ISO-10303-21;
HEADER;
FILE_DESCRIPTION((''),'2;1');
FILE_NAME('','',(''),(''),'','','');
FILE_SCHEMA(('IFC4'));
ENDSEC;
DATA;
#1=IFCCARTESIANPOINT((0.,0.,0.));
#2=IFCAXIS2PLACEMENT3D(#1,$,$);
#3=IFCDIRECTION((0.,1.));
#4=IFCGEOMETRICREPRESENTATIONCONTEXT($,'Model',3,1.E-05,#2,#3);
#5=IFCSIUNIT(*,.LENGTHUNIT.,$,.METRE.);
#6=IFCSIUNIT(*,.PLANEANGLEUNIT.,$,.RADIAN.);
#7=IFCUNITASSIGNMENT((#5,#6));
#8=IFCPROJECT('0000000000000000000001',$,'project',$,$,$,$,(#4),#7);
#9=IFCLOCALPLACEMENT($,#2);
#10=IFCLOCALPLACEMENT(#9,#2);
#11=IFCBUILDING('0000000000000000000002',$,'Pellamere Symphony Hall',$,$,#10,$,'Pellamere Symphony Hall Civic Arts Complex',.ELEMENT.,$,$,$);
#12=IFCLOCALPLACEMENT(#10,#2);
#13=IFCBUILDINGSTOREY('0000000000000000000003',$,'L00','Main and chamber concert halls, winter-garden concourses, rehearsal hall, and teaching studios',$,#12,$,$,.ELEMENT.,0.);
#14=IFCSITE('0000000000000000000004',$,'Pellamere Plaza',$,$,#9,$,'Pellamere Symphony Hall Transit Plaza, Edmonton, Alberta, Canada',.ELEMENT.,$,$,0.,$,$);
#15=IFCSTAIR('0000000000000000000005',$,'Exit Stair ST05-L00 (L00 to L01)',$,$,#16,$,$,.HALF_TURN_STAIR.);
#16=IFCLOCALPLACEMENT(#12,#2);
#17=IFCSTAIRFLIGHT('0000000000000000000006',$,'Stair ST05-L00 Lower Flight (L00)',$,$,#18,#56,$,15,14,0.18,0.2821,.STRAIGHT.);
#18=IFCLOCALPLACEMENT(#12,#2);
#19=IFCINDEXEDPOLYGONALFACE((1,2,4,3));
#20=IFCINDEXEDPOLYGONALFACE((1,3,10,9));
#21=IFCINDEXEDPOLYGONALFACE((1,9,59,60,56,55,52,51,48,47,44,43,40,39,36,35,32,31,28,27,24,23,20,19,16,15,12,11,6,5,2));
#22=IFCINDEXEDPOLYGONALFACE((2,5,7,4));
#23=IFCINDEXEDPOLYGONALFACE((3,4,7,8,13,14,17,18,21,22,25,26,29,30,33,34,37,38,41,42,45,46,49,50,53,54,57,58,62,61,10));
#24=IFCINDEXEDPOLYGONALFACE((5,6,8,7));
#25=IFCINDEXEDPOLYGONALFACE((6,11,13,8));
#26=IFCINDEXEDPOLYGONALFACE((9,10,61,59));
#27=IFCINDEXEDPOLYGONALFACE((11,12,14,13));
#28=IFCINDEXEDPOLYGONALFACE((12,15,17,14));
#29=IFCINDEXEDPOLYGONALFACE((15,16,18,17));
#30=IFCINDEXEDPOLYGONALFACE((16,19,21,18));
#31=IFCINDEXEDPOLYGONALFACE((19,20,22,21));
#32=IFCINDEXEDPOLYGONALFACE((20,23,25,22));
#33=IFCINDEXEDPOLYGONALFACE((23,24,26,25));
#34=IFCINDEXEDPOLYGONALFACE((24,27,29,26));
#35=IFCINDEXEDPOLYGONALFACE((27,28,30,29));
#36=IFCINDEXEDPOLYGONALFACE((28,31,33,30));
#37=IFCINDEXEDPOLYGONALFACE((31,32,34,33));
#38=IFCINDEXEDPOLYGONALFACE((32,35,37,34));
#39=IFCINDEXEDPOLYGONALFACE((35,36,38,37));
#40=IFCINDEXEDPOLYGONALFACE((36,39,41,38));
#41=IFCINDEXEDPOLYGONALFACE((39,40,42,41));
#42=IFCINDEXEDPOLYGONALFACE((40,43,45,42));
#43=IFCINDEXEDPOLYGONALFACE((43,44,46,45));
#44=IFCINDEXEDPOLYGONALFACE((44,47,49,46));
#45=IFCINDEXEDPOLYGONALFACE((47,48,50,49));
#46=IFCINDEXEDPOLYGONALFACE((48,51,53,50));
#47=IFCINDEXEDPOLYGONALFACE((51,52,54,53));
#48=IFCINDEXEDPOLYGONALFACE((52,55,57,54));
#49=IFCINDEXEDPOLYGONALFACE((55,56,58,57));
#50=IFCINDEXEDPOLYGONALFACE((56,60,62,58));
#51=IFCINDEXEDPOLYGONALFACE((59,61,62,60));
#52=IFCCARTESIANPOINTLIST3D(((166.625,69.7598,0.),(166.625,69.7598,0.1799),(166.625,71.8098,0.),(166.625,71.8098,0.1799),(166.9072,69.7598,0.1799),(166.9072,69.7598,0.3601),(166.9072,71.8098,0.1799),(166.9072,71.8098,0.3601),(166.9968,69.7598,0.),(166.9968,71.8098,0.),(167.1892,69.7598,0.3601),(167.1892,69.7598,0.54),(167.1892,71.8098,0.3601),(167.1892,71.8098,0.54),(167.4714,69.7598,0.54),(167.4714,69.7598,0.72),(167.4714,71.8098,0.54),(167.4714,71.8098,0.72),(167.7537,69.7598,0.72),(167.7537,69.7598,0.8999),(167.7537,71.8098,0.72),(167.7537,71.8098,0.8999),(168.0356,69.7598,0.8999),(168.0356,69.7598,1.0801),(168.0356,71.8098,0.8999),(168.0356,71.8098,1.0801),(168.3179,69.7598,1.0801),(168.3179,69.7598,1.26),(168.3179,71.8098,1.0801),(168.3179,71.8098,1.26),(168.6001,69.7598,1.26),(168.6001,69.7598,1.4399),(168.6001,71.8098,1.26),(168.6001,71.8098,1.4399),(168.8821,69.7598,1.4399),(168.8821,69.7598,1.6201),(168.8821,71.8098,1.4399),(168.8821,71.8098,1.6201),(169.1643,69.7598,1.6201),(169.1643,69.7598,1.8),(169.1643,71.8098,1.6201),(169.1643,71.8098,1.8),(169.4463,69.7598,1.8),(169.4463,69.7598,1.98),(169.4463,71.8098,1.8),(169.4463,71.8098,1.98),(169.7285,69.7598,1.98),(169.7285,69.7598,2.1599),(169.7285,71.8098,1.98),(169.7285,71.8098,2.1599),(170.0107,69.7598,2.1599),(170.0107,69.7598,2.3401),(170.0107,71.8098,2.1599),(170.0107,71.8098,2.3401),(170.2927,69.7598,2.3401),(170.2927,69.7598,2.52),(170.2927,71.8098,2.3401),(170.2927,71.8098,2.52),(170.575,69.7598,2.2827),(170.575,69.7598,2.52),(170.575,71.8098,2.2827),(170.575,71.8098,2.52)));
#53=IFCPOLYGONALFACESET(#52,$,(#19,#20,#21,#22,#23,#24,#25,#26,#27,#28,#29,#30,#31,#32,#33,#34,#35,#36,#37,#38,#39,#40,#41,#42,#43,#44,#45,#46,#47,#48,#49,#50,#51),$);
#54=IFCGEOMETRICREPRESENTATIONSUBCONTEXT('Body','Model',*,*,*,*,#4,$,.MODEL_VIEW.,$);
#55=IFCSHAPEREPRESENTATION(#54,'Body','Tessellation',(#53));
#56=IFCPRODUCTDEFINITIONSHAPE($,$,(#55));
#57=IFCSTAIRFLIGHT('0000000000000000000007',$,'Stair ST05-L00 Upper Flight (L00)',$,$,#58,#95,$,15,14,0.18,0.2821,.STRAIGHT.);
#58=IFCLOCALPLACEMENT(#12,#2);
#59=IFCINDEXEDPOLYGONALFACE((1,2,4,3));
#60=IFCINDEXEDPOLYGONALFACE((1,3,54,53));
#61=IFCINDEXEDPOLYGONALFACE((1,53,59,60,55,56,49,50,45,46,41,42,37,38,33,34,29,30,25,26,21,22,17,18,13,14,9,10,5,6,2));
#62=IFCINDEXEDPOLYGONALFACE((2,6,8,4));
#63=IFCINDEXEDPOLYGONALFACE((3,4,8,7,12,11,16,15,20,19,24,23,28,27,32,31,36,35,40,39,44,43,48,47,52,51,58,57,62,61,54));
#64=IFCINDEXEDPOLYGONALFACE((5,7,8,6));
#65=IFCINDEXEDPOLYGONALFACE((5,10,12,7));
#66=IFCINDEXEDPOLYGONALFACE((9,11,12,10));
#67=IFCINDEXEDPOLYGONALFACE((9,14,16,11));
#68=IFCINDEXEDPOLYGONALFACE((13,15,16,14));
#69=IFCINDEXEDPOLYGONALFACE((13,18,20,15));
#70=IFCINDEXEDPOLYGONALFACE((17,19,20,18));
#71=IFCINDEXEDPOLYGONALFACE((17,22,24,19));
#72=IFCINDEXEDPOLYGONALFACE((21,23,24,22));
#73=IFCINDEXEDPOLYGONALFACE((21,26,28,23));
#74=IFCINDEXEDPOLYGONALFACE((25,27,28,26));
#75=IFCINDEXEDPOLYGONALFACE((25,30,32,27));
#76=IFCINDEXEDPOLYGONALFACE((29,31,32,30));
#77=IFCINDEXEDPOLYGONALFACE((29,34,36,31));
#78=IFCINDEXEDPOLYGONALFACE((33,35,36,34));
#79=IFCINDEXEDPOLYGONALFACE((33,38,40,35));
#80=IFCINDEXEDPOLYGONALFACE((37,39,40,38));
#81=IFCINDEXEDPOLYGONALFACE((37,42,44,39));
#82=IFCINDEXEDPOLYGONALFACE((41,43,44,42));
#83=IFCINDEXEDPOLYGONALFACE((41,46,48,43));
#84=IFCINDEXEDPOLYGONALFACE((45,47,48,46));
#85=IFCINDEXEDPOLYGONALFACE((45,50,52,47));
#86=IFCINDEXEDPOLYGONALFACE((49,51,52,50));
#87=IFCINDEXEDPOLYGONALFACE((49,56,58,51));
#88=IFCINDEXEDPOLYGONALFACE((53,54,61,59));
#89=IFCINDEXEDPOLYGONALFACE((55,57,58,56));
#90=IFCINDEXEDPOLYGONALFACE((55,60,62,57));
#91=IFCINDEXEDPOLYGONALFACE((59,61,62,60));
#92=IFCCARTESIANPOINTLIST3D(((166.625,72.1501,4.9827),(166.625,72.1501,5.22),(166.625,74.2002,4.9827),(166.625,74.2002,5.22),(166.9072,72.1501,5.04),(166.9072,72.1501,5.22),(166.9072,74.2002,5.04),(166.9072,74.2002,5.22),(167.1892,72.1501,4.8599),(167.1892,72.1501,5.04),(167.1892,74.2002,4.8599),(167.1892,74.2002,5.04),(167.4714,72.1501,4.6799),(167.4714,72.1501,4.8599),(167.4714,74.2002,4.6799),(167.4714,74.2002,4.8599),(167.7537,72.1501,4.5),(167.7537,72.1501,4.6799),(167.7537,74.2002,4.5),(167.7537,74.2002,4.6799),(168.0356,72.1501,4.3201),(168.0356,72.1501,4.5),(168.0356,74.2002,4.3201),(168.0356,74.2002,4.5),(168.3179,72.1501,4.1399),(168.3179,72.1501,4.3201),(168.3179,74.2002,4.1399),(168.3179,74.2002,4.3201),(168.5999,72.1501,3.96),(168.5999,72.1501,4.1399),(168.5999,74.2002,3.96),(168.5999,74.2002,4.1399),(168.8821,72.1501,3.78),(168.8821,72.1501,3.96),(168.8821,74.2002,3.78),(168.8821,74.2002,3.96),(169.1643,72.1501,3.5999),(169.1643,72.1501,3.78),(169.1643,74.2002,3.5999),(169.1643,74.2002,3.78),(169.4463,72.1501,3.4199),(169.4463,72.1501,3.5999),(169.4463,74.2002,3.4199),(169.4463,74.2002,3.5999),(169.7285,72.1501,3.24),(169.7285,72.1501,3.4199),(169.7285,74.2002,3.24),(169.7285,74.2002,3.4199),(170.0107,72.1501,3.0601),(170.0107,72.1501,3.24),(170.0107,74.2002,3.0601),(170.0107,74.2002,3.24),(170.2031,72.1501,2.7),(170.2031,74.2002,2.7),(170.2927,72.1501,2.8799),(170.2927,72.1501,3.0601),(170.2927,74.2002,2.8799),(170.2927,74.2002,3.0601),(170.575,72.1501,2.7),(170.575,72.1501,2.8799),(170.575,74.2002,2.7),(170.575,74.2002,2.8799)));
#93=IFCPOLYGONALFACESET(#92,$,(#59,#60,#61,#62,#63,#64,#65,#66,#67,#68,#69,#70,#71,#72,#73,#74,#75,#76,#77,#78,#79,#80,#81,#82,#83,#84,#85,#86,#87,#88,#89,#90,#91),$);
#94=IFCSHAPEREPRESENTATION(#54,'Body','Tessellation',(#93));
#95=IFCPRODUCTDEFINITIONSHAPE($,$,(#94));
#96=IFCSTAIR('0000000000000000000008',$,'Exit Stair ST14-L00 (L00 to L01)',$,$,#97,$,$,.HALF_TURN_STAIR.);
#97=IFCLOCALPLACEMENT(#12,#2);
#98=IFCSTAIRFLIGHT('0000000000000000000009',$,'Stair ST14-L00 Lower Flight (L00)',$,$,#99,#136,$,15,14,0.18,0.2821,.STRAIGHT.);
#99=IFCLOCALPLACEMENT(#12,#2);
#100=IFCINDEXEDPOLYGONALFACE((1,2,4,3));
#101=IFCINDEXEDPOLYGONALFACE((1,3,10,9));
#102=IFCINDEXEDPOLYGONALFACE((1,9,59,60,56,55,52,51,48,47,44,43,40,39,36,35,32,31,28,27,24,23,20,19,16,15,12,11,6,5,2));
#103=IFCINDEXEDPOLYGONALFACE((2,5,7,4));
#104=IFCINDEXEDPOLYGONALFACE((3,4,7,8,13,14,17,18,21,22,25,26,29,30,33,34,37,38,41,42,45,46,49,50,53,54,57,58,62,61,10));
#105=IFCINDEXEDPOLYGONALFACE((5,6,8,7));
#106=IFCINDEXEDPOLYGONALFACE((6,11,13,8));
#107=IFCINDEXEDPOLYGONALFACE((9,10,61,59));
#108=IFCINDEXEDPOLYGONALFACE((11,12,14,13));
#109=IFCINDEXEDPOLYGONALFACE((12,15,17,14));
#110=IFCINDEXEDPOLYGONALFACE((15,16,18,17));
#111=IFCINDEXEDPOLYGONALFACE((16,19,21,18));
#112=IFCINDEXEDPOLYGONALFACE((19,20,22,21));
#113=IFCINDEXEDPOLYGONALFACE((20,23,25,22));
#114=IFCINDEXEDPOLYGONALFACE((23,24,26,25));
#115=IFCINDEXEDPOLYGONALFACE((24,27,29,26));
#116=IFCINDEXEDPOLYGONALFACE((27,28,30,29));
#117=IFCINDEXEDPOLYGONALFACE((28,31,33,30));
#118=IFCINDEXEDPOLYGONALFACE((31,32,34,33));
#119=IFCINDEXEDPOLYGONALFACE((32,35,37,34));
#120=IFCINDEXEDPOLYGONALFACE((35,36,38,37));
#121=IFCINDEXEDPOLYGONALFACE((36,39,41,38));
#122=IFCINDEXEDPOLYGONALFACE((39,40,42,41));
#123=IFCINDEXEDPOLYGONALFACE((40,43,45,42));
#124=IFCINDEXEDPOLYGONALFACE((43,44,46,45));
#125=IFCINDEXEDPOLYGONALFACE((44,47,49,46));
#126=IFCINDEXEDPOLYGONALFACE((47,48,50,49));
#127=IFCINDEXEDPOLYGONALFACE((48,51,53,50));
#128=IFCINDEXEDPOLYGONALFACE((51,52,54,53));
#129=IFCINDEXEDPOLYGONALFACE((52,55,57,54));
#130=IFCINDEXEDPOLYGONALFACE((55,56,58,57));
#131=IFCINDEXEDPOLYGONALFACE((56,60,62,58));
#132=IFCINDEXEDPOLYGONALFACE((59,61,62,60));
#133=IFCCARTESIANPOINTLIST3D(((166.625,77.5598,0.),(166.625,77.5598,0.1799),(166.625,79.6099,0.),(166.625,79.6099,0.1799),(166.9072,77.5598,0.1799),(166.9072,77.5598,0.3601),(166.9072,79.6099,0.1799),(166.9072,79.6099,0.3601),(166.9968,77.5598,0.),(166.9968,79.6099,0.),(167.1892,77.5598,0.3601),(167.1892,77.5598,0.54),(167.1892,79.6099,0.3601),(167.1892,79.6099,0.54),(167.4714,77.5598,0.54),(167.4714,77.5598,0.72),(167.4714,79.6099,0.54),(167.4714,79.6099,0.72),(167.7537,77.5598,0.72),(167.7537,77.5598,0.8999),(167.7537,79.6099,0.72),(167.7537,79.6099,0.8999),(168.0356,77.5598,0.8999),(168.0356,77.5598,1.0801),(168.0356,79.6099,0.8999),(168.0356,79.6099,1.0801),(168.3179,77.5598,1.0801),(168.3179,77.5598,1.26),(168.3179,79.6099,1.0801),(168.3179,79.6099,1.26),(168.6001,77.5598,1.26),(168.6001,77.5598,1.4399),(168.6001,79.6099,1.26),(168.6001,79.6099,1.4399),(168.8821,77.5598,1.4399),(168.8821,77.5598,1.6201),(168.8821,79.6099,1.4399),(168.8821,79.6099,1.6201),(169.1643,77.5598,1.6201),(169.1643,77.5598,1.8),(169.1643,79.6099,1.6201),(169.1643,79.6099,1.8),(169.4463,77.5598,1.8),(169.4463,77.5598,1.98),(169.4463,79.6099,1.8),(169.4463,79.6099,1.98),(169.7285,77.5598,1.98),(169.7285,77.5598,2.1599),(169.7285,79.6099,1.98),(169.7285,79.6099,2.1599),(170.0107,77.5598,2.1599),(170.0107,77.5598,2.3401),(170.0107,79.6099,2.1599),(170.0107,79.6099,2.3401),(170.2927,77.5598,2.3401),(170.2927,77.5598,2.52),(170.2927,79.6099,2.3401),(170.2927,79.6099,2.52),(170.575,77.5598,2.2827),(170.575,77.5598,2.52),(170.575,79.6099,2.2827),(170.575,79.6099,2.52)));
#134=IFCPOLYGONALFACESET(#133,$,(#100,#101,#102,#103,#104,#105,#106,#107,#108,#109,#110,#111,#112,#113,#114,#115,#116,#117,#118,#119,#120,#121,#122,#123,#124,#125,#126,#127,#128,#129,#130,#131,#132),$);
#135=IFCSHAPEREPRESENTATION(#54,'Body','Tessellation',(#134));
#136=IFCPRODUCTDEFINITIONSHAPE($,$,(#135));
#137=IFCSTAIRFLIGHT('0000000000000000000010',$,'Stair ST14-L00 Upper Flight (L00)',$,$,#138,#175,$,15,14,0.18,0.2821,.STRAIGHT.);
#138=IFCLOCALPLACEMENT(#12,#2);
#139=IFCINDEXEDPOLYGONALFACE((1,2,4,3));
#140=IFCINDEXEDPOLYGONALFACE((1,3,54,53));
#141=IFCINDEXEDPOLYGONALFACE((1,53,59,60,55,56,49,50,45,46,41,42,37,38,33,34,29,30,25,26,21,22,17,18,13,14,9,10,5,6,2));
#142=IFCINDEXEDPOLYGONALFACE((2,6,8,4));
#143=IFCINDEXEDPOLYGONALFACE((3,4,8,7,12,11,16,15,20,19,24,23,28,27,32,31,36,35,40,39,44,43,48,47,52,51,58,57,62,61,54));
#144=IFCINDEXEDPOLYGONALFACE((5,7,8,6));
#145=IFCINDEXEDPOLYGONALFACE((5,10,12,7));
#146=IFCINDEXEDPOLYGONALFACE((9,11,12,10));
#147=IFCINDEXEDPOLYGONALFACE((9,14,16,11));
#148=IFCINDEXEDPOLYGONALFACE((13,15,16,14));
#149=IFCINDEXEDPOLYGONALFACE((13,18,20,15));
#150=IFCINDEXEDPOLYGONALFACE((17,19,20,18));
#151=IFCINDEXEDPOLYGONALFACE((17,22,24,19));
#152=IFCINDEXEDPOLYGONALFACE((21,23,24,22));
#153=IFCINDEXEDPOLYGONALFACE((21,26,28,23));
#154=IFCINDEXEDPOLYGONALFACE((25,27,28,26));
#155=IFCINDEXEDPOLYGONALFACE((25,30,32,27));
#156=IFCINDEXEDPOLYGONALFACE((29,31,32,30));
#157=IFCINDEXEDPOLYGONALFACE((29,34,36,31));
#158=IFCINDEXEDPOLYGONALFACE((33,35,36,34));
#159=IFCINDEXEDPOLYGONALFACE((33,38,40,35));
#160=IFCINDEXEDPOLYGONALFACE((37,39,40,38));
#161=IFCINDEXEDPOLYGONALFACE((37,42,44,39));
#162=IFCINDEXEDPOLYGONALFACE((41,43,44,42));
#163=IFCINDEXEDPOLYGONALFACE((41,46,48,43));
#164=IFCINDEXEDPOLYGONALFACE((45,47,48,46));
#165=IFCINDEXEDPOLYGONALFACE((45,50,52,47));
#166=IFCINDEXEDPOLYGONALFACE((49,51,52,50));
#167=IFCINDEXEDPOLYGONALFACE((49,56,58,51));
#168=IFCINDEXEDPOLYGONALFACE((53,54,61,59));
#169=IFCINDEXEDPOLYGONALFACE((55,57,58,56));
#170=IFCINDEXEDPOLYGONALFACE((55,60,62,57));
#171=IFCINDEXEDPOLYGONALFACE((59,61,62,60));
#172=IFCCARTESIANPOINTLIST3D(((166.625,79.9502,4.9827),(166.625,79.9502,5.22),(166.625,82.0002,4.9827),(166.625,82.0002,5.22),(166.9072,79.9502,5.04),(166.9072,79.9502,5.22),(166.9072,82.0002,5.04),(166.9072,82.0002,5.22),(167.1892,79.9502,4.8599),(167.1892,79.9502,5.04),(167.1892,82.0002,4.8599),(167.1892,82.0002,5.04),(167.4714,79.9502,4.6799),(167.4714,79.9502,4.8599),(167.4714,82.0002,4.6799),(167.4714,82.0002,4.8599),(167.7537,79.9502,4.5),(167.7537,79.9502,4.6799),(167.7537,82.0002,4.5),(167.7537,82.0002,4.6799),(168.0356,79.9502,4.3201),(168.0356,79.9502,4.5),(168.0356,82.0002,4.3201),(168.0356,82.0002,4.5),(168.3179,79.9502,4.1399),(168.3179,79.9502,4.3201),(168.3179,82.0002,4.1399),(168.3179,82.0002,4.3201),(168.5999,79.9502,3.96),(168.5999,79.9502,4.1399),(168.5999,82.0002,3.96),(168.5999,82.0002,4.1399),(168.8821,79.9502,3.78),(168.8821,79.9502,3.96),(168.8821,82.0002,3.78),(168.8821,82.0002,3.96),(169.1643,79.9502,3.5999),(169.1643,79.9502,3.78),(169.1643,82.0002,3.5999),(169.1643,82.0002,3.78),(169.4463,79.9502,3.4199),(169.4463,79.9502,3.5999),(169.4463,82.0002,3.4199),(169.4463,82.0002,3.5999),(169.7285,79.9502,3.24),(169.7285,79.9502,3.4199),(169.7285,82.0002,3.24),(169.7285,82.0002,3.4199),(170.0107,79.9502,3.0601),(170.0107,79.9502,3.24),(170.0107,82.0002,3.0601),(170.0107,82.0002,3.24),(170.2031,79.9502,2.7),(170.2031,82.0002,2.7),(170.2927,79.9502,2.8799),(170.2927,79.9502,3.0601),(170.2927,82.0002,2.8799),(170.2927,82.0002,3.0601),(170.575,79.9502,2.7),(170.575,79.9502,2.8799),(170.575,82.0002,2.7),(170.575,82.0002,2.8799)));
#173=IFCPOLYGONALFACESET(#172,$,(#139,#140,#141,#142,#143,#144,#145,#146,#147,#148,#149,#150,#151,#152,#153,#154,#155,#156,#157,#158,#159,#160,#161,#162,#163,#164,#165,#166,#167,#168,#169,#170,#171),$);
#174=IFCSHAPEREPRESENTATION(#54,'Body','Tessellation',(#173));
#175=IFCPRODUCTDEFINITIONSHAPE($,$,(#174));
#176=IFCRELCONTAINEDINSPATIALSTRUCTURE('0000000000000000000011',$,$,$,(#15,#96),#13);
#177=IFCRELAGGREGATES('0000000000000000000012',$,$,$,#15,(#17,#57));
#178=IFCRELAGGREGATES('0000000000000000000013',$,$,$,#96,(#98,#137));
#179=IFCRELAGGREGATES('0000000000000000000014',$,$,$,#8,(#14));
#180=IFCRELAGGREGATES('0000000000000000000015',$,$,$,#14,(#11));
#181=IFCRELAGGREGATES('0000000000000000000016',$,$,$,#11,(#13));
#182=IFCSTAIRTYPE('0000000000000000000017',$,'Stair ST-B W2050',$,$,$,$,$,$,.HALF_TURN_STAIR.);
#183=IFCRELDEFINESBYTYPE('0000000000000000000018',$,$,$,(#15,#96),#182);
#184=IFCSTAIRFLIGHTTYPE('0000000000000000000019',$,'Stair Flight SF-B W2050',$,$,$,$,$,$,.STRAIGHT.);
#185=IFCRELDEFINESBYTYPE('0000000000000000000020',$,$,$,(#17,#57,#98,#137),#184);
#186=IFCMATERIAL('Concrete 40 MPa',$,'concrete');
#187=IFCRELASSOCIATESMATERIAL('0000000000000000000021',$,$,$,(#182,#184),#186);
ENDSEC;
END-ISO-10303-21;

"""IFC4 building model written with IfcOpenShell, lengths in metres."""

from ifc_helpers import new_model, si_unit, direction, frame, origin, place, context, subcontext, project, spatial, polyline, outline, extrude, material, type_object, element, aggregate, save


model = new_model("IFC4")

# Units and contexts
model_context = context("Model", 3, precision=1e-05, world=origin(), true_north=direction((0.0, 1.0)))
body_context = subcontext(model_context, "Body", "Model", "MODEL_VIEW")
ifc_project = project(units=[si_unit("LENGTHUNIT", "METRE"), si_unit("PLANEANGLEUNIT", "RADIAN")], contexts=[model_context])

# Site, building, storey
site_placement = place(None, origin())
site = spatial("IfcSite", under=ifc_project, at=site_placement, Name="Pellamere Plaza", LongName="Pellamere Symphony Hall Transit Plaza, Edmonton, Alberta, Canada", CompositionType="ELEMENT", RefElevation=0.0)
building_placement = place(site_placement, origin())
building = spatial("IfcBuilding", under=site, at=building_placement, Name="Pellamere Symphony Hall", LongName="Pellamere Symphony Hall Civic Arts Complex", CompositionType="ELEMENT")
storey_placement = place(building_placement, origin())
storey = spatial("IfcBuildingStorey", under=building, at=storey_placement, Name="L00", Description="Main and chamber concert halls, winter-garden concourses, rehearsal hall, and teaching studios", CompositionType="ELEMENT", Elevation=0.0)

# Shared definitions
ifc_material_1 = material(Name="Concrete 40 MPa", Category="concrete")

# Stairs, stair flights
stair_type = type_object("IfcStairType", Name="Stair ST-B W2050", PredefinedType="HALF_TURN_STAIR", material=ifc_material_1)
stair_1_placement = place(storey_placement, origin())
stair_1 = element("IfcStair", 1, at=stair_1_placement, inside=storey, type_object=stair_type, Name="Exit Stair ST05-L00 (L00 to L01)", PredefinedType="HALF_TURN_STAIR")
stair_flight_type = type_object("IfcStairFlightType", Name="Stair Flight SF-B W2050", PredefinedType="STRAIGHT", material=ifc_material_1)
stair_flight_1_placement = place(storey_placement, frame((166.625, 70.7849, 0.0), z_axis=(0.0, 0.0, 1.0), x_axis=(1.0, 0.0, 0.0)))
stair_flight_1 = element("IfcStairFlight", 2, at=stair_flight_1_placement, type_object=stair_flight_type, Name="Stair ST05-L00 Lower Flight (L00)", NumberOfRisers=15, NumberOfTreads=14, PredefinedType="STRAIGHT", RiserHeight=0.18, TreadLength=0.2821, context=body_context, shape_type="SweptSolid", body=[
    extrude(outline(polyline([(0.0, 0.0), (0.0, 0.1799), (0.2822, 0.1799), (0.2822, 0.3601), (0.5642, 0.3601), (0.5642, 0.54), (0.8464, 0.54), (0.8464, 0.72), (1.1287, 0.72), (1.1287, 0.8999), (1.4106, 0.8999), (1.4106, 1.0801), (1.6929, 1.0801), (1.6929, 1.26), (1.9751, 1.26), (1.9751, 1.4399), (2.2571, 1.4399), (2.2571, 1.6201), (2.5393, 1.6201), (2.5393, 1.8), (2.8213, 1.8), (2.8213, 1.98), (3.1035, 1.98), (3.1035, 2.1599), (3.3857, 2.1599), (3.3857, 2.3401), (3.6677, 2.3401), (3.6677, 2.52), (3.95, 2.52), (3.95, 2.7), (3.95, 2.2827), (0.3718, 0.0), (0.0, 0.0)])), frame((0.0, 1.0249, 0.0), z_axis=(0.0, -1.0, 0.0), x_axis=(1.0, 0.0, 0.0)), (0.0, 0.0, 1.0), 2.05),
])
stair_flight_2_placement = place(storey_placement, frame((170.575, 73.175, 2.7), z_axis=(0.0, 0.0, 1.0), x_axis=(-1.0, 0.0, 0.0)))
stair_flight_2 = element("IfcStairFlight", 3, at=stair_flight_2_placement, type_object=stair_flight_type, Name="Stair ST05-L00 Upper Flight (L00)", NumberOfRisers=15, NumberOfTreads=14, PredefinedType="STRAIGHT", RiserHeight=0.18, TreadLength=0.2821, context=body_context, shape_type="SweptSolid", body=[
    extrude(outline(polyline([(0.0, 0.0), (0.0, 0.1799), (0.2822, 0.1799), (0.2822, 0.3601), (0.5642, 0.3601), (0.5642, 0.54), (0.8464, 0.54), (0.8464, 0.72), (1.1287, 0.72), (1.1287, 0.8999), (1.4106, 0.8999), (1.4106, 1.0801), (1.6929, 1.0801), (1.6929, 1.26), (1.9751, 1.26), (1.9751, 1.4399), (2.2571, 1.4399), (2.2571, 1.6201), (2.5393, 1.6201), (2.5393, 1.8), (2.8213, 1.8), (2.8213, 1.98), (3.1035, 1.98), (3.1035, 2.1599), (3.3857, 2.1599), (3.3857, 2.3401), (3.6677, 2.3401), (3.6677, 2.52), (3.95, 2.52), (3.95, 2.7), (3.95, 2.2827), (0.3718, 0.0), (0.0, 0.0)])), frame((0.0, 1.0249, 0.0), z_axis=(0.0, -1.0, 0.0), x_axis=(1.0, 0.0, 0.0)), (0.0, 0.0, 1.0), 2.05),
])
aggregate(stair_1, [stair_flight_1, stair_flight_2])
stair_2_placement = place(storey_placement, origin())
stair_2 = element("IfcStair", 4, at=stair_2_placement, inside=storey, type_object=stair_type, Name="Exit Stair ST14-L00 (L00 to L01)", PredefinedType="HALF_TURN_STAIR")
stair_flight_3_placement = place(storey_placement, frame((166.625, 78.585, 0.0), z_axis=(0.0, 0.0, 1.0), x_axis=(1.0, 0.0, 0.0)))
stair_flight_3 = element("IfcStairFlight", 5, at=stair_flight_3_placement, type_object=stair_flight_type, Name="Stair ST14-L00 Lower Flight (L00)", NumberOfRisers=15, NumberOfTreads=14, PredefinedType="STRAIGHT", RiserHeight=0.18, TreadLength=0.2821, context=body_context, shape_type="SweptSolid", body=[
    extrude(outline(polyline([(0.0, 0.0), (0.0, 0.1799), (0.2822, 0.1799), (0.2822, 0.3601), (0.5642, 0.3601), (0.5642, 0.54), (0.8464, 0.54), (0.8464, 0.72), (1.1287, 0.72), (1.1287, 0.8999), (1.4106, 0.8999), (1.4106, 1.0801), (1.6929, 1.0801), (1.6929, 1.26), (1.9751, 1.26), (1.9751, 1.4399), (2.2571, 1.4399), (2.2571, 1.6201), (2.5393, 1.6201), (2.5393, 1.8), (2.8213, 1.8), (2.8213, 1.98), (3.1035, 1.98), (3.1035, 2.1599), (3.3857, 2.1599), (3.3857, 2.3401), (3.6677, 2.3401), (3.6677, 2.52), (3.95, 2.52), (3.95, 2.7), (3.95, 2.2827), (0.3718, 0.0), (0.0, 0.0)])), frame((0.0, 1.0249, 0.0), z_axis=(0.0, -1.0, 0.0), x_axis=(1.0, 0.0, 0.0)), (0.0, 0.0, 1.0), 2.05),
])
stair_flight_4_placement = place(storey_placement, frame((170.575, 80.9751, 2.7), z_axis=(0.0, 0.0, 1.0), x_axis=(-1.0, 0.0, 0.0)))
stair_flight_4 = element("IfcStairFlight", 6, at=stair_flight_4_placement, type_object=stair_flight_type, Name="Stair ST14-L00 Upper Flight (L00)", NumberOfRisers=15, NumberOfTreads=14, PredefinedType="STRAIGHT", RiserHeight=0.18, TreadLength=0.2821, context=body_context, shape_type="SweptSolid", body=[
    extrude(outline(polyline([(0.0, 0.0), (0.0, 0.1799), (0.2822, 0.1799), (0.2822, 0.3601), (0.5642, 0.3601), (0.5642, 0.54), (0.8464, 0.54), (0.8464, 0.72), (1.1287, 0.72), (1.1287, 0.8999), (1.4106, 0.8999), (1.4106, 1.0801), (1.6929, 1.0801), (1.6929, 1.26), (1.9751, 1.26), (1.9751, 1.4399), (2.2571, 1.4399), (2.2571, 1.6201), (2.5393, 1.6201), (2.5393, 1.8), (2.8213, 1.8), (2.8213, 1.98), (3.1035, 1.98), (3.1035, 2.1599), (3.3857, 2.1599), (3.3857, 2.3401), (3.6677, 2.3401), (3.6677, 2.52), (3.95, 2.52), (3.95, 2.7), (3.95, 2.2827), (0.3718, 0.0), (0.0, 0.0)])), frame((0.0, 1.0249, 0.0), z_axis=(0.0, -1.0, 0.0), x_axis=(1.0, 0.0, 0.0)), (0.0, 0.0, 1.0), 2.05),
])
aggregate(stair_2, [stair_flight_3, stair_flight_4])

save(model, "model.ifc")
